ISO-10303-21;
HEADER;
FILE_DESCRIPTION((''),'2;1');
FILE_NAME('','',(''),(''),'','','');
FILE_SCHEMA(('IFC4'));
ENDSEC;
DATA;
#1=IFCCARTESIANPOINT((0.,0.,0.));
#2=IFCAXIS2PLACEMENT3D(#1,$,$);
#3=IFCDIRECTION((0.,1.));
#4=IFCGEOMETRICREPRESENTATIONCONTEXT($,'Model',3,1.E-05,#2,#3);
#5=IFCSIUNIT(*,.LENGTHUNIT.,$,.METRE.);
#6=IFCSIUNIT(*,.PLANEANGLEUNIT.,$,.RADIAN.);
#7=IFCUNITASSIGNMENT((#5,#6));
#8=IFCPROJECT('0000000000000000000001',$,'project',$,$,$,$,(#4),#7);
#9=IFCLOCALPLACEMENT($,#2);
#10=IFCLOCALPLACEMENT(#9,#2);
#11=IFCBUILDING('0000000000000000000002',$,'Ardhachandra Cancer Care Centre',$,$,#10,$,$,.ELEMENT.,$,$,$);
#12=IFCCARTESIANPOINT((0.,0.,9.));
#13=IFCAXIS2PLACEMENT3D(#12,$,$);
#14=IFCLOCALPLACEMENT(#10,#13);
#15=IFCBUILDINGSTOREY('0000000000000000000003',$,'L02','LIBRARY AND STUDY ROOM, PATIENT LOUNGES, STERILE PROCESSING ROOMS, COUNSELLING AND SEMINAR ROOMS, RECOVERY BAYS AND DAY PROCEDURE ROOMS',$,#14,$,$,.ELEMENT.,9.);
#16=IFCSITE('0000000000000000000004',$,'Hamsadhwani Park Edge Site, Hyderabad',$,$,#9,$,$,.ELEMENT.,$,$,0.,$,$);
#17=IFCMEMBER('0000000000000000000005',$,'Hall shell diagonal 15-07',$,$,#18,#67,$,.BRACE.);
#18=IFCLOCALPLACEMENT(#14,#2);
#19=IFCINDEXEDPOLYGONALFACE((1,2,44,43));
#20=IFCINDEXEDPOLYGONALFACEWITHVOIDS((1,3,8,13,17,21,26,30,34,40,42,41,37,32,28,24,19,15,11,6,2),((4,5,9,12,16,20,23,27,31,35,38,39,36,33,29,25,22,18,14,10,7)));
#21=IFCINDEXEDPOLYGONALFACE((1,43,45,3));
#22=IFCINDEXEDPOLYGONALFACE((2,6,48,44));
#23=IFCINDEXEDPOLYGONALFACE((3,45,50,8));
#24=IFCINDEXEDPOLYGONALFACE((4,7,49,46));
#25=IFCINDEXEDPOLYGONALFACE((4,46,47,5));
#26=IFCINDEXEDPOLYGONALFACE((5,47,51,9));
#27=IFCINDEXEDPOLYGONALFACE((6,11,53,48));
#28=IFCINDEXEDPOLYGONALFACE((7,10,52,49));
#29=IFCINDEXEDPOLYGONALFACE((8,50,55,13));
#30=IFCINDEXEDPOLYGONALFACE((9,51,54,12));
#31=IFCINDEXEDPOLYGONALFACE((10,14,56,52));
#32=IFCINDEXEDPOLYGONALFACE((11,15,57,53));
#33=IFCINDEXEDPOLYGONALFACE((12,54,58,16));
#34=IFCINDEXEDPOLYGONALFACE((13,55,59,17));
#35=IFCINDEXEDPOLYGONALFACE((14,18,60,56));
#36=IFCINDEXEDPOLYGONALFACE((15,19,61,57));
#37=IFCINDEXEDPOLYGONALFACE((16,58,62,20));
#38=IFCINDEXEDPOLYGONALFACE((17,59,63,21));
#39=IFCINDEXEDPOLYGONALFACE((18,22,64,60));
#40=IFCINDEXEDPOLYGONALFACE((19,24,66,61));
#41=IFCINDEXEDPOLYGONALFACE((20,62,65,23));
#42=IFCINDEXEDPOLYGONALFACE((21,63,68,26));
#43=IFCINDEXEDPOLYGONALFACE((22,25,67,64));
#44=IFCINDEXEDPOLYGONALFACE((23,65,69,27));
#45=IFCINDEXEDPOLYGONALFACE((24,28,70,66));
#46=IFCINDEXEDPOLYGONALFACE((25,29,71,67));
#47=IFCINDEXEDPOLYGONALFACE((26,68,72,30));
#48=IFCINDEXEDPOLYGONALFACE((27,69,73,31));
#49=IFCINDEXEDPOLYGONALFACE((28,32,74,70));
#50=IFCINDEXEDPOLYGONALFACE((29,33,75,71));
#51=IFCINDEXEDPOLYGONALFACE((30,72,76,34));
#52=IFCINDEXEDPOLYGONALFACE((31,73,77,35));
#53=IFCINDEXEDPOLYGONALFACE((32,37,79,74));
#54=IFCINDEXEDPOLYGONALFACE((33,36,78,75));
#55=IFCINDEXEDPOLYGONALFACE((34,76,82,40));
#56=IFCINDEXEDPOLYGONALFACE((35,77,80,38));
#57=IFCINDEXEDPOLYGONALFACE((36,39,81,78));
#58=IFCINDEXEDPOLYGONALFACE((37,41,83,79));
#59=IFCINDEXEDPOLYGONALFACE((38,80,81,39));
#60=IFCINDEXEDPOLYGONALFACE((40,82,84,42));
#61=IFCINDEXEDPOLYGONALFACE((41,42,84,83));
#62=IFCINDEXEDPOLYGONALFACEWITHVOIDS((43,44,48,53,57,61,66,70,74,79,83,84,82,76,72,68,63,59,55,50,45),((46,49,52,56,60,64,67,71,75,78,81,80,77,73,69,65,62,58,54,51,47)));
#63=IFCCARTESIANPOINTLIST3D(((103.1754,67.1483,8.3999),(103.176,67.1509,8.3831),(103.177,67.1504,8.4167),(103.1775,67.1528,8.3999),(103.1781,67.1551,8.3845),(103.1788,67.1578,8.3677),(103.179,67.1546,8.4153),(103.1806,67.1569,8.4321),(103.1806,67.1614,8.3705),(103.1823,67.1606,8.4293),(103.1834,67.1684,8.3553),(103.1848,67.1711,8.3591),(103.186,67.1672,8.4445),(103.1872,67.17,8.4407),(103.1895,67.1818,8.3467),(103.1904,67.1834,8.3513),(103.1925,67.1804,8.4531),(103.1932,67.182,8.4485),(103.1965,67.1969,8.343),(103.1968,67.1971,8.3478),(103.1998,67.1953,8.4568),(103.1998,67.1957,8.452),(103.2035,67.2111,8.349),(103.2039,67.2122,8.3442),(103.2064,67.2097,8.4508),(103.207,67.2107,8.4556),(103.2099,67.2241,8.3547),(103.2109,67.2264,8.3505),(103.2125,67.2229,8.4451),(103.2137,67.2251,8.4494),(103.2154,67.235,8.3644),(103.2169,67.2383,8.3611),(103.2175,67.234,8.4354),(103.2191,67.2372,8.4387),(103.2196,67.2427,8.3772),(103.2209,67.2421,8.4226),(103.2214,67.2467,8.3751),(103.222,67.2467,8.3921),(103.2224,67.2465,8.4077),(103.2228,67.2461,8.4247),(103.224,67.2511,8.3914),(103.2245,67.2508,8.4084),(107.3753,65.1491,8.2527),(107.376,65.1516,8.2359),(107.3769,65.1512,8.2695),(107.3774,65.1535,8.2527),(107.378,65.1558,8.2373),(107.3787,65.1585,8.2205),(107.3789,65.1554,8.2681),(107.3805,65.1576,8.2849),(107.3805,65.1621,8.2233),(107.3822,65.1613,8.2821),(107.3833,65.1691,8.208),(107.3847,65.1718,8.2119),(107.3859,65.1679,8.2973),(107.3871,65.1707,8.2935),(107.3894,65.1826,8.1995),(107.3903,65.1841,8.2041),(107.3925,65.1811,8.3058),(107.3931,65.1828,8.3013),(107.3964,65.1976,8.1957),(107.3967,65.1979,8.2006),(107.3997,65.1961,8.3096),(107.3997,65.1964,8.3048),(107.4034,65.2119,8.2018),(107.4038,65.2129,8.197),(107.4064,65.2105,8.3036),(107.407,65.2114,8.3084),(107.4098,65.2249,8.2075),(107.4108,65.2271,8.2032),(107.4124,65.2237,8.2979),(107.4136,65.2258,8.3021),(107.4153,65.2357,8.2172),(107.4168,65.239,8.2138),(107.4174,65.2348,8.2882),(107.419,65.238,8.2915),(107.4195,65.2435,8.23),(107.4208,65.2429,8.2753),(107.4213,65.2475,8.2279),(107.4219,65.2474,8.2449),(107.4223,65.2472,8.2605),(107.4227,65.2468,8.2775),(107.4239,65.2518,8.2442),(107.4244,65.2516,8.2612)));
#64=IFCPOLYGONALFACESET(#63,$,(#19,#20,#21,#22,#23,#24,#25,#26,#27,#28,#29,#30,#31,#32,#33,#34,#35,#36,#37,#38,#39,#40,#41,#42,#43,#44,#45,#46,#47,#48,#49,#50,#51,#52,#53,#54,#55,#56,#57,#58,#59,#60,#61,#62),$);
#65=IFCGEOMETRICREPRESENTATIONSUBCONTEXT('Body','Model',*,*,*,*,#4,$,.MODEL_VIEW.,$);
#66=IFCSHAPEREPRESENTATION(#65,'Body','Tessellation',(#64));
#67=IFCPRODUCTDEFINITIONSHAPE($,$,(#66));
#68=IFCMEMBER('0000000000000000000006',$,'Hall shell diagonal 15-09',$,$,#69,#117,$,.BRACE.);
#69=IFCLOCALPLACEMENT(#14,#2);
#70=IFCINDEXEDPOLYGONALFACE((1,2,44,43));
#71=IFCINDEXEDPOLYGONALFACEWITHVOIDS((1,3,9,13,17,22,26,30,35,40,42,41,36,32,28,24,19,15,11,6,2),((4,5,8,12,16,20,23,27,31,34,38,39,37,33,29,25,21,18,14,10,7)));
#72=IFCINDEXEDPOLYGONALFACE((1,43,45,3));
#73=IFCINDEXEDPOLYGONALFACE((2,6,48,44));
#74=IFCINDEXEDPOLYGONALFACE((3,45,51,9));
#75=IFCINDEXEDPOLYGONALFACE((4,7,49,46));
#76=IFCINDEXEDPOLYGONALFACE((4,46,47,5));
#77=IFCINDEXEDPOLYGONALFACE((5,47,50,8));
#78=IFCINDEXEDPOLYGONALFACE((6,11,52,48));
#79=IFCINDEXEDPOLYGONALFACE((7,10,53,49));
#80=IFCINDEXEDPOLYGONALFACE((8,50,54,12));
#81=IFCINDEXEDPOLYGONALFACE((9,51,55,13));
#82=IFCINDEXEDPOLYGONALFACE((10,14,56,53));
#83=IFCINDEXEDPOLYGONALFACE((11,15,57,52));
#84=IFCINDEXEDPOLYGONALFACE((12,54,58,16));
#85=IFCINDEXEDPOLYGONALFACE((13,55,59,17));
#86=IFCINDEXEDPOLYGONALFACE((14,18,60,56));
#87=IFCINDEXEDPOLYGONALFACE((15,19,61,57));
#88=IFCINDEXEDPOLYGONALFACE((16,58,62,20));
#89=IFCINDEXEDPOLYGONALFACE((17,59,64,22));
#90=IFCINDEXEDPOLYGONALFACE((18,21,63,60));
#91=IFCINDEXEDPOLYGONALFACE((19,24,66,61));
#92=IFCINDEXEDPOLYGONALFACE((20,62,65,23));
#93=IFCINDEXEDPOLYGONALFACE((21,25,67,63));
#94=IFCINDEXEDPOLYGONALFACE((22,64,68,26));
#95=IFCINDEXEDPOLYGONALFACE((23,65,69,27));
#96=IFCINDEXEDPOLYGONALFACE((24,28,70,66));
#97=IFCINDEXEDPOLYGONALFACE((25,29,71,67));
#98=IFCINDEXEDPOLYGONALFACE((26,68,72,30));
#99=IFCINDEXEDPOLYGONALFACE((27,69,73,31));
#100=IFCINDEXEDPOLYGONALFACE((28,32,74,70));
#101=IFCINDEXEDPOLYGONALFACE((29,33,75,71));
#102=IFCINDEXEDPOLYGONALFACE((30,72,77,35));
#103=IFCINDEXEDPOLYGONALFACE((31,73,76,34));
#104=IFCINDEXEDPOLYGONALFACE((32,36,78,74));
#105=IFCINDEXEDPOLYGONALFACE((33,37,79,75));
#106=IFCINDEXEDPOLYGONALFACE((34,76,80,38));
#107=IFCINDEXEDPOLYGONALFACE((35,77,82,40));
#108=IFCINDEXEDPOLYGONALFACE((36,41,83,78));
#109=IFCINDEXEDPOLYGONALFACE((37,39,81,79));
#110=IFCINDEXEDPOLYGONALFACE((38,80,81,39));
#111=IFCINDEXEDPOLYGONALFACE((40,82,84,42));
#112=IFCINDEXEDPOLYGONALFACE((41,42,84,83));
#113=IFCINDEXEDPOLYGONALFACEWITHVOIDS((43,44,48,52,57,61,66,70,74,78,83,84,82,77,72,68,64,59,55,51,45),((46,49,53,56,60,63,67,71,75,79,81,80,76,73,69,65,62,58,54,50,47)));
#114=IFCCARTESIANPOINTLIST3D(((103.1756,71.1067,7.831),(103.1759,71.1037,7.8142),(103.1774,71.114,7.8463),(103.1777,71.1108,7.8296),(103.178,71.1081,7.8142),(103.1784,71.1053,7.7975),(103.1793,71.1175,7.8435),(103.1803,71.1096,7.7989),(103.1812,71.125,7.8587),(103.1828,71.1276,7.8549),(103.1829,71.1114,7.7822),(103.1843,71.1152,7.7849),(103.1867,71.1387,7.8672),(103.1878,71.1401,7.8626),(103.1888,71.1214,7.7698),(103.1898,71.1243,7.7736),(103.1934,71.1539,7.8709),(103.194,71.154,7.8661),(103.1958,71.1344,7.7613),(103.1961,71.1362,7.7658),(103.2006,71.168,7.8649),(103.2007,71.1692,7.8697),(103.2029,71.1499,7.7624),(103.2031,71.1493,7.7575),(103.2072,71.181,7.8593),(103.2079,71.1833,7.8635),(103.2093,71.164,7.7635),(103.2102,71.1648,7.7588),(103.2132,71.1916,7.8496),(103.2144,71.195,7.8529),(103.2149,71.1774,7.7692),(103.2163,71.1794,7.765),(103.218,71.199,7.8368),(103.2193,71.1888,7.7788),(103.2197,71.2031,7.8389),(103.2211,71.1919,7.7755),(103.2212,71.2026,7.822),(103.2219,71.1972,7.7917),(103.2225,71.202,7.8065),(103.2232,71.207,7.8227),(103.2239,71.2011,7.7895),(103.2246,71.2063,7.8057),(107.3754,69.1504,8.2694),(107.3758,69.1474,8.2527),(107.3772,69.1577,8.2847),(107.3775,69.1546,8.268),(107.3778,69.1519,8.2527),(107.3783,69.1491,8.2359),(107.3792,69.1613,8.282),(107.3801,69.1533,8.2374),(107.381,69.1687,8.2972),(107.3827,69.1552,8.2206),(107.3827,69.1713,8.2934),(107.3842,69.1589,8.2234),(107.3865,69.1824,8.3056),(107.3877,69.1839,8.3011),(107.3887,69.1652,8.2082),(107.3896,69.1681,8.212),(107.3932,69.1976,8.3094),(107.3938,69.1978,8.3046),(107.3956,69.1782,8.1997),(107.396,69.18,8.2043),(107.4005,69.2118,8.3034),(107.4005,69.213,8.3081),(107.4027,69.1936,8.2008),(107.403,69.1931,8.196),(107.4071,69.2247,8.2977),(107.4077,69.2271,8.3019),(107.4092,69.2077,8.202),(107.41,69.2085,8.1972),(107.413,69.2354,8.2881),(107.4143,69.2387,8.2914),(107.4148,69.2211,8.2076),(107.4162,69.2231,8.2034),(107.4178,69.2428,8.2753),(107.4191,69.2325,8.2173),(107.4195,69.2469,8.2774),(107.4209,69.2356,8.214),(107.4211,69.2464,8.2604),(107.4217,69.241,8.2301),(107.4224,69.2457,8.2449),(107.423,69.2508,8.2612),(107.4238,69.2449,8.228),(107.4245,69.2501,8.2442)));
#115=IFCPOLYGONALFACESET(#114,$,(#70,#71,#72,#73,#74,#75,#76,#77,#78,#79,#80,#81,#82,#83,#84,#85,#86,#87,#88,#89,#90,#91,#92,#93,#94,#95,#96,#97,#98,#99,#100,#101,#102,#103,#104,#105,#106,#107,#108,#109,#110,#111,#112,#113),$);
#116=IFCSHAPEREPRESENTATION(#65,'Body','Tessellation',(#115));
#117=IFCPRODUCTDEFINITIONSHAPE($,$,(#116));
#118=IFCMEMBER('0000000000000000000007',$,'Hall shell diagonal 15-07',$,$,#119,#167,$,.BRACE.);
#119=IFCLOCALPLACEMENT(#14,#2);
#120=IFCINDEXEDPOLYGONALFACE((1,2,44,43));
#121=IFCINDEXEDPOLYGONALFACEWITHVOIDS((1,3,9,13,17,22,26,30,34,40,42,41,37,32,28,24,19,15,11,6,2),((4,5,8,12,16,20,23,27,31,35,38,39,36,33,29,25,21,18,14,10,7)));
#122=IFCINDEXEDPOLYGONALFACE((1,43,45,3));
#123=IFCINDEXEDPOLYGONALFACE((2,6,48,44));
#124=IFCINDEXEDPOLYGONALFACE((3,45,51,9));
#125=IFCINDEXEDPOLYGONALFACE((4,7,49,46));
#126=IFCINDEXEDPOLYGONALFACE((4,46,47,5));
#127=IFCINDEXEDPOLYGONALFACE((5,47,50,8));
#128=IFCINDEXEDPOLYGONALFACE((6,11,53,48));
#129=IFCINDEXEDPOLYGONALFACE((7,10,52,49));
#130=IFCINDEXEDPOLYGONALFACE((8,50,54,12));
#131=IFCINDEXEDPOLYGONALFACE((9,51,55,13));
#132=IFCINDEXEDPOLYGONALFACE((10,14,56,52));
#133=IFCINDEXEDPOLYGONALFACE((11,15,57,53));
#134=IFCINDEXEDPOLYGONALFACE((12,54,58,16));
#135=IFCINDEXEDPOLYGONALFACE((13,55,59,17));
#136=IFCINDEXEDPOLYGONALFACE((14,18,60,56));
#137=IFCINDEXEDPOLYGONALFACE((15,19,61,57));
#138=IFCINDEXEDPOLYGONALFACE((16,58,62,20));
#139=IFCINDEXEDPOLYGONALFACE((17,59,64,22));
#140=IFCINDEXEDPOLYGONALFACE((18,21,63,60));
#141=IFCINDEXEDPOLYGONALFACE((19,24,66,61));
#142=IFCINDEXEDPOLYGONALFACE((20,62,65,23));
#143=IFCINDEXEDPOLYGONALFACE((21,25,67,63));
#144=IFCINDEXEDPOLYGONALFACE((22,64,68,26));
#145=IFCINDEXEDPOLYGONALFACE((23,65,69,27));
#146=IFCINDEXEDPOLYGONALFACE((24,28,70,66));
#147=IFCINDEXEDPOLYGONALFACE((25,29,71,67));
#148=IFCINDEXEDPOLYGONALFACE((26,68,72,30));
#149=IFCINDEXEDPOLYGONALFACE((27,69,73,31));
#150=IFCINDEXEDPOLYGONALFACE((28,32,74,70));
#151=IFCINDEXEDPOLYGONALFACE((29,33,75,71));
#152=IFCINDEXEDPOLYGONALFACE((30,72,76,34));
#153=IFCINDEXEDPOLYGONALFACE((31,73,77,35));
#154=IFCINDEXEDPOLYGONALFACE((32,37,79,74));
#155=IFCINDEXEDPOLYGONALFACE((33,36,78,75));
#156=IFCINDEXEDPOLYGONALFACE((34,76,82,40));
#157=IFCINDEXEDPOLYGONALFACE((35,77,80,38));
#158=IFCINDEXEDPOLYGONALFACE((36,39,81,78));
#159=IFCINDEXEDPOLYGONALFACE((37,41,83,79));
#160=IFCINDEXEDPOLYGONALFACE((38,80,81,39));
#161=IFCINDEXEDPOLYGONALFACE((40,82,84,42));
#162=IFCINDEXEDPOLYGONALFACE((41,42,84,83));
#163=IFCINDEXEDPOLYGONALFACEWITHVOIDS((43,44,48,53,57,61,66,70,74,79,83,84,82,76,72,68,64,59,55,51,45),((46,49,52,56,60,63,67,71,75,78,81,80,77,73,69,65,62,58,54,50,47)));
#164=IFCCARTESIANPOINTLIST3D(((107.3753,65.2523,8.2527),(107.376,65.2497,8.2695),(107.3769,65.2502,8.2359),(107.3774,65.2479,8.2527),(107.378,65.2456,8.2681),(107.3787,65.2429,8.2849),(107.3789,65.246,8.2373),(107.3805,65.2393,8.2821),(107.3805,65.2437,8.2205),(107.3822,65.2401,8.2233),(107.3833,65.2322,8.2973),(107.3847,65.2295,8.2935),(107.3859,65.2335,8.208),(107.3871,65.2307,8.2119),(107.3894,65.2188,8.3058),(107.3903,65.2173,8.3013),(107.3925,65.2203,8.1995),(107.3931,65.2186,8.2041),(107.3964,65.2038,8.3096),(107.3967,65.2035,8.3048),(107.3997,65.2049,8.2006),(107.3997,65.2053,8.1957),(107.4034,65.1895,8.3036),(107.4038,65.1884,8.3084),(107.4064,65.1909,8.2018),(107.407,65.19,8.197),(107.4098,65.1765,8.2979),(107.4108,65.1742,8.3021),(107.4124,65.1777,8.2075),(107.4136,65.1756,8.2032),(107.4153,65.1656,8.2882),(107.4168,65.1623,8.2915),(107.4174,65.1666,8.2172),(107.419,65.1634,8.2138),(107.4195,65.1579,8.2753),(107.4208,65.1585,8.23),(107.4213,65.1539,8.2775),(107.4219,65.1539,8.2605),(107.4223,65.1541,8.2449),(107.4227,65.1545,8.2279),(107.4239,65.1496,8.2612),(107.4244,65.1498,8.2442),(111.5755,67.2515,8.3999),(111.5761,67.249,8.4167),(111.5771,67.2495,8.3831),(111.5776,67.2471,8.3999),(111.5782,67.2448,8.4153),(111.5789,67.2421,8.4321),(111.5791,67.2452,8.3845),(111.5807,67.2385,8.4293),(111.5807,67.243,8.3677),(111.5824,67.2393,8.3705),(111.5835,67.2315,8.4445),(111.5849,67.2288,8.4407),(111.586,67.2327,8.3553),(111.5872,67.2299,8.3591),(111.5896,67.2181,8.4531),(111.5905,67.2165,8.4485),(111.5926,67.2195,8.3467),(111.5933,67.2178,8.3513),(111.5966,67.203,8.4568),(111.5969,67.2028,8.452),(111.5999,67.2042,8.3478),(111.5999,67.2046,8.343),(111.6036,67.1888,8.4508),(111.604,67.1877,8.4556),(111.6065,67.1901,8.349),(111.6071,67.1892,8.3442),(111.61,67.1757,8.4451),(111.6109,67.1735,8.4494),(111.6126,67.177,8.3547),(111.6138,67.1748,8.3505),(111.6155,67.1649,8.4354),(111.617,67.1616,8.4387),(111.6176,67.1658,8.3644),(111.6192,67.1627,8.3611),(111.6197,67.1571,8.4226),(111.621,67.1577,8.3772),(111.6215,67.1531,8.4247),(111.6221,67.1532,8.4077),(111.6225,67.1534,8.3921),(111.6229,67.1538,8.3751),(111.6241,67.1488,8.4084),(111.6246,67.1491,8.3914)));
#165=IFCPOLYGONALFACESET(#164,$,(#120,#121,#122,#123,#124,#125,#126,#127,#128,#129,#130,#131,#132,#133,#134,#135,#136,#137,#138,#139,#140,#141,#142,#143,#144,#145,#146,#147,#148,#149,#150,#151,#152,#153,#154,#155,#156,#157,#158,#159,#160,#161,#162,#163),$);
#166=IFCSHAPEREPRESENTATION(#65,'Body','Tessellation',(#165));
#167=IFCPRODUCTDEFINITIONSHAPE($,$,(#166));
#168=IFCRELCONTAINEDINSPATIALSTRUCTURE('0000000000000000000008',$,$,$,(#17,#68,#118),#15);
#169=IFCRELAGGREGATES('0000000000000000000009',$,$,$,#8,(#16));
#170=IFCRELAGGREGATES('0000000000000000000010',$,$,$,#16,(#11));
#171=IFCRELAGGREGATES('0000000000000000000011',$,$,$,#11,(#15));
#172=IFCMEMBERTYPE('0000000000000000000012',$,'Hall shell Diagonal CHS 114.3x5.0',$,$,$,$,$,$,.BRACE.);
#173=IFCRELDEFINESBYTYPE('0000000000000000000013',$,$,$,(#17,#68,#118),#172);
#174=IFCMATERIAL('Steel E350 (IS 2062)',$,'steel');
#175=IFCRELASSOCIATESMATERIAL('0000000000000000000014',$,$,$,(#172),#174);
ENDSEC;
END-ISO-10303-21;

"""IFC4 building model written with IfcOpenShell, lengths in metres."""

from ifc_helpers import new_model, si_unit, direction, frame, origin, origin_2d, place, context, subcontext, project, spatial, hollow_circle, extrude, material, material_profile, profile_set, type_object, element, save


model = new_model("IFC4")

# Units and contexts
model_context = context("Model", 3, precision=1e-05, world=origin(), true_north=direction((0.0, 1.0)))
body_context = subcontext(model_context, "Body", "Model", "MODEL_VIEW")
ifc_project = project(units=[si_unit("LENGTHUNIT", "METRE"), si_unit("PLANEANGLEUNIT", "RADIAN")], contexts=[model_context])

# Site, building, storey
site_placement = place(None, origin())
site = spatial("IfcSite", under=ifc_project, at=site_placement, Name="Hamsadhwani Park Edge Site, Hyderabad", CompositionType="ELEMENT", RefElevation=0.0)
building_placement = place(site_placement, origin())
building = spatial("IfcBuilding", under=site, at=building_placement, Name="Ardhachandra Cancer Care Centre", CompositionType="ELEMENT")
storey_placement = place(building_placement, frame((0.0, 0.0, 9.0)))
storey = spatial("IfcBuildingStorey", under=building, at=storey_placement, Name="L02", Description="LIBRARY AND STUDY ROOM, PATIENT LOUNGES, STERILE PROCESSING ROOMS, COUNSELLING AND SEMINAR ROOMS, RECOVERY BAYS AND DAY PROCEDURE ROOMS", CompositionType="ELEMENT", Elevation=9.0)

# Members
ifc_material_1 = material(Name="Steel E350 (IS 2062)", Category="steel")
ifc_material_profile_1 = material_profile(ifc_material_1, hollow_circle(Radius=0.0571, WallThickness=0.0049, at=origin_2d()), Name="CHS 114.3x5.0")
ifc_profile_set_1 = profile_set([ifc_material_profile_1], Name="Steel E350 (IS 2062)")
member_type_1 = type_object("IfcMemberType", Name="Hall shell Diagonal CHS 114.3x5.0", PredefinedType="BRACE", material=ifc_profile_set_1)
for number, where, z_axis, x_axis, name in (
    (1, (107.3999, 65.2007, 8.2527), (-0.902468, 0.429594, 0.031633), (-0.429809, -0.90292, 0.0), "Hall shell diagonal 15-07"),
    (2, (107.3999, 69.1992, 8.2527), (-0.902455, 0.420355, -0.094217), (-0.422233, -0.906487, 0.0), "Hall shell diagonal 15-09"),
):
    element("IfcMember", number, at=place(storey_placement, frame(where, z_axis=z_axis, x_axis=x_axis)), inside=storey, type_object=member_type_1, Name=name, PredefinedType="BRACE", context=body_context, shape_type="SweptSolid", body=[
        extrude(hollow_circle(Radius=0.0571, WallThickness=0.0049, at=origin_2d()), origin(), (0.0, 0.0, 1.0), 4.6538),
    ])
for number, where, z_axis, x_axis, name in (
    (3, (107.3999, 65.2007, 8.2527), (0.902478, 0.429574, 0.031632), (-0.429789, 0.902929, 0.0), "Hall shell diagonal 15-07"),
):
    element("IfcMember", number, at=place(storey_placement, frame(where, z_axis=z_axis, x_axis=x_axis)), inside=storey, type_object=member_type_1, Name=name, PredefinedType="BRACE", context=body_context, shape_type="SweptSolid", body=[
        extrude(hollow_circle(Radius=0.0571, WallThickness=0.0049, at=origin_2d()), origin(), (0.0, 0.0, 1.0), 4.6541),
    ])

save(model, "model.ifc")
